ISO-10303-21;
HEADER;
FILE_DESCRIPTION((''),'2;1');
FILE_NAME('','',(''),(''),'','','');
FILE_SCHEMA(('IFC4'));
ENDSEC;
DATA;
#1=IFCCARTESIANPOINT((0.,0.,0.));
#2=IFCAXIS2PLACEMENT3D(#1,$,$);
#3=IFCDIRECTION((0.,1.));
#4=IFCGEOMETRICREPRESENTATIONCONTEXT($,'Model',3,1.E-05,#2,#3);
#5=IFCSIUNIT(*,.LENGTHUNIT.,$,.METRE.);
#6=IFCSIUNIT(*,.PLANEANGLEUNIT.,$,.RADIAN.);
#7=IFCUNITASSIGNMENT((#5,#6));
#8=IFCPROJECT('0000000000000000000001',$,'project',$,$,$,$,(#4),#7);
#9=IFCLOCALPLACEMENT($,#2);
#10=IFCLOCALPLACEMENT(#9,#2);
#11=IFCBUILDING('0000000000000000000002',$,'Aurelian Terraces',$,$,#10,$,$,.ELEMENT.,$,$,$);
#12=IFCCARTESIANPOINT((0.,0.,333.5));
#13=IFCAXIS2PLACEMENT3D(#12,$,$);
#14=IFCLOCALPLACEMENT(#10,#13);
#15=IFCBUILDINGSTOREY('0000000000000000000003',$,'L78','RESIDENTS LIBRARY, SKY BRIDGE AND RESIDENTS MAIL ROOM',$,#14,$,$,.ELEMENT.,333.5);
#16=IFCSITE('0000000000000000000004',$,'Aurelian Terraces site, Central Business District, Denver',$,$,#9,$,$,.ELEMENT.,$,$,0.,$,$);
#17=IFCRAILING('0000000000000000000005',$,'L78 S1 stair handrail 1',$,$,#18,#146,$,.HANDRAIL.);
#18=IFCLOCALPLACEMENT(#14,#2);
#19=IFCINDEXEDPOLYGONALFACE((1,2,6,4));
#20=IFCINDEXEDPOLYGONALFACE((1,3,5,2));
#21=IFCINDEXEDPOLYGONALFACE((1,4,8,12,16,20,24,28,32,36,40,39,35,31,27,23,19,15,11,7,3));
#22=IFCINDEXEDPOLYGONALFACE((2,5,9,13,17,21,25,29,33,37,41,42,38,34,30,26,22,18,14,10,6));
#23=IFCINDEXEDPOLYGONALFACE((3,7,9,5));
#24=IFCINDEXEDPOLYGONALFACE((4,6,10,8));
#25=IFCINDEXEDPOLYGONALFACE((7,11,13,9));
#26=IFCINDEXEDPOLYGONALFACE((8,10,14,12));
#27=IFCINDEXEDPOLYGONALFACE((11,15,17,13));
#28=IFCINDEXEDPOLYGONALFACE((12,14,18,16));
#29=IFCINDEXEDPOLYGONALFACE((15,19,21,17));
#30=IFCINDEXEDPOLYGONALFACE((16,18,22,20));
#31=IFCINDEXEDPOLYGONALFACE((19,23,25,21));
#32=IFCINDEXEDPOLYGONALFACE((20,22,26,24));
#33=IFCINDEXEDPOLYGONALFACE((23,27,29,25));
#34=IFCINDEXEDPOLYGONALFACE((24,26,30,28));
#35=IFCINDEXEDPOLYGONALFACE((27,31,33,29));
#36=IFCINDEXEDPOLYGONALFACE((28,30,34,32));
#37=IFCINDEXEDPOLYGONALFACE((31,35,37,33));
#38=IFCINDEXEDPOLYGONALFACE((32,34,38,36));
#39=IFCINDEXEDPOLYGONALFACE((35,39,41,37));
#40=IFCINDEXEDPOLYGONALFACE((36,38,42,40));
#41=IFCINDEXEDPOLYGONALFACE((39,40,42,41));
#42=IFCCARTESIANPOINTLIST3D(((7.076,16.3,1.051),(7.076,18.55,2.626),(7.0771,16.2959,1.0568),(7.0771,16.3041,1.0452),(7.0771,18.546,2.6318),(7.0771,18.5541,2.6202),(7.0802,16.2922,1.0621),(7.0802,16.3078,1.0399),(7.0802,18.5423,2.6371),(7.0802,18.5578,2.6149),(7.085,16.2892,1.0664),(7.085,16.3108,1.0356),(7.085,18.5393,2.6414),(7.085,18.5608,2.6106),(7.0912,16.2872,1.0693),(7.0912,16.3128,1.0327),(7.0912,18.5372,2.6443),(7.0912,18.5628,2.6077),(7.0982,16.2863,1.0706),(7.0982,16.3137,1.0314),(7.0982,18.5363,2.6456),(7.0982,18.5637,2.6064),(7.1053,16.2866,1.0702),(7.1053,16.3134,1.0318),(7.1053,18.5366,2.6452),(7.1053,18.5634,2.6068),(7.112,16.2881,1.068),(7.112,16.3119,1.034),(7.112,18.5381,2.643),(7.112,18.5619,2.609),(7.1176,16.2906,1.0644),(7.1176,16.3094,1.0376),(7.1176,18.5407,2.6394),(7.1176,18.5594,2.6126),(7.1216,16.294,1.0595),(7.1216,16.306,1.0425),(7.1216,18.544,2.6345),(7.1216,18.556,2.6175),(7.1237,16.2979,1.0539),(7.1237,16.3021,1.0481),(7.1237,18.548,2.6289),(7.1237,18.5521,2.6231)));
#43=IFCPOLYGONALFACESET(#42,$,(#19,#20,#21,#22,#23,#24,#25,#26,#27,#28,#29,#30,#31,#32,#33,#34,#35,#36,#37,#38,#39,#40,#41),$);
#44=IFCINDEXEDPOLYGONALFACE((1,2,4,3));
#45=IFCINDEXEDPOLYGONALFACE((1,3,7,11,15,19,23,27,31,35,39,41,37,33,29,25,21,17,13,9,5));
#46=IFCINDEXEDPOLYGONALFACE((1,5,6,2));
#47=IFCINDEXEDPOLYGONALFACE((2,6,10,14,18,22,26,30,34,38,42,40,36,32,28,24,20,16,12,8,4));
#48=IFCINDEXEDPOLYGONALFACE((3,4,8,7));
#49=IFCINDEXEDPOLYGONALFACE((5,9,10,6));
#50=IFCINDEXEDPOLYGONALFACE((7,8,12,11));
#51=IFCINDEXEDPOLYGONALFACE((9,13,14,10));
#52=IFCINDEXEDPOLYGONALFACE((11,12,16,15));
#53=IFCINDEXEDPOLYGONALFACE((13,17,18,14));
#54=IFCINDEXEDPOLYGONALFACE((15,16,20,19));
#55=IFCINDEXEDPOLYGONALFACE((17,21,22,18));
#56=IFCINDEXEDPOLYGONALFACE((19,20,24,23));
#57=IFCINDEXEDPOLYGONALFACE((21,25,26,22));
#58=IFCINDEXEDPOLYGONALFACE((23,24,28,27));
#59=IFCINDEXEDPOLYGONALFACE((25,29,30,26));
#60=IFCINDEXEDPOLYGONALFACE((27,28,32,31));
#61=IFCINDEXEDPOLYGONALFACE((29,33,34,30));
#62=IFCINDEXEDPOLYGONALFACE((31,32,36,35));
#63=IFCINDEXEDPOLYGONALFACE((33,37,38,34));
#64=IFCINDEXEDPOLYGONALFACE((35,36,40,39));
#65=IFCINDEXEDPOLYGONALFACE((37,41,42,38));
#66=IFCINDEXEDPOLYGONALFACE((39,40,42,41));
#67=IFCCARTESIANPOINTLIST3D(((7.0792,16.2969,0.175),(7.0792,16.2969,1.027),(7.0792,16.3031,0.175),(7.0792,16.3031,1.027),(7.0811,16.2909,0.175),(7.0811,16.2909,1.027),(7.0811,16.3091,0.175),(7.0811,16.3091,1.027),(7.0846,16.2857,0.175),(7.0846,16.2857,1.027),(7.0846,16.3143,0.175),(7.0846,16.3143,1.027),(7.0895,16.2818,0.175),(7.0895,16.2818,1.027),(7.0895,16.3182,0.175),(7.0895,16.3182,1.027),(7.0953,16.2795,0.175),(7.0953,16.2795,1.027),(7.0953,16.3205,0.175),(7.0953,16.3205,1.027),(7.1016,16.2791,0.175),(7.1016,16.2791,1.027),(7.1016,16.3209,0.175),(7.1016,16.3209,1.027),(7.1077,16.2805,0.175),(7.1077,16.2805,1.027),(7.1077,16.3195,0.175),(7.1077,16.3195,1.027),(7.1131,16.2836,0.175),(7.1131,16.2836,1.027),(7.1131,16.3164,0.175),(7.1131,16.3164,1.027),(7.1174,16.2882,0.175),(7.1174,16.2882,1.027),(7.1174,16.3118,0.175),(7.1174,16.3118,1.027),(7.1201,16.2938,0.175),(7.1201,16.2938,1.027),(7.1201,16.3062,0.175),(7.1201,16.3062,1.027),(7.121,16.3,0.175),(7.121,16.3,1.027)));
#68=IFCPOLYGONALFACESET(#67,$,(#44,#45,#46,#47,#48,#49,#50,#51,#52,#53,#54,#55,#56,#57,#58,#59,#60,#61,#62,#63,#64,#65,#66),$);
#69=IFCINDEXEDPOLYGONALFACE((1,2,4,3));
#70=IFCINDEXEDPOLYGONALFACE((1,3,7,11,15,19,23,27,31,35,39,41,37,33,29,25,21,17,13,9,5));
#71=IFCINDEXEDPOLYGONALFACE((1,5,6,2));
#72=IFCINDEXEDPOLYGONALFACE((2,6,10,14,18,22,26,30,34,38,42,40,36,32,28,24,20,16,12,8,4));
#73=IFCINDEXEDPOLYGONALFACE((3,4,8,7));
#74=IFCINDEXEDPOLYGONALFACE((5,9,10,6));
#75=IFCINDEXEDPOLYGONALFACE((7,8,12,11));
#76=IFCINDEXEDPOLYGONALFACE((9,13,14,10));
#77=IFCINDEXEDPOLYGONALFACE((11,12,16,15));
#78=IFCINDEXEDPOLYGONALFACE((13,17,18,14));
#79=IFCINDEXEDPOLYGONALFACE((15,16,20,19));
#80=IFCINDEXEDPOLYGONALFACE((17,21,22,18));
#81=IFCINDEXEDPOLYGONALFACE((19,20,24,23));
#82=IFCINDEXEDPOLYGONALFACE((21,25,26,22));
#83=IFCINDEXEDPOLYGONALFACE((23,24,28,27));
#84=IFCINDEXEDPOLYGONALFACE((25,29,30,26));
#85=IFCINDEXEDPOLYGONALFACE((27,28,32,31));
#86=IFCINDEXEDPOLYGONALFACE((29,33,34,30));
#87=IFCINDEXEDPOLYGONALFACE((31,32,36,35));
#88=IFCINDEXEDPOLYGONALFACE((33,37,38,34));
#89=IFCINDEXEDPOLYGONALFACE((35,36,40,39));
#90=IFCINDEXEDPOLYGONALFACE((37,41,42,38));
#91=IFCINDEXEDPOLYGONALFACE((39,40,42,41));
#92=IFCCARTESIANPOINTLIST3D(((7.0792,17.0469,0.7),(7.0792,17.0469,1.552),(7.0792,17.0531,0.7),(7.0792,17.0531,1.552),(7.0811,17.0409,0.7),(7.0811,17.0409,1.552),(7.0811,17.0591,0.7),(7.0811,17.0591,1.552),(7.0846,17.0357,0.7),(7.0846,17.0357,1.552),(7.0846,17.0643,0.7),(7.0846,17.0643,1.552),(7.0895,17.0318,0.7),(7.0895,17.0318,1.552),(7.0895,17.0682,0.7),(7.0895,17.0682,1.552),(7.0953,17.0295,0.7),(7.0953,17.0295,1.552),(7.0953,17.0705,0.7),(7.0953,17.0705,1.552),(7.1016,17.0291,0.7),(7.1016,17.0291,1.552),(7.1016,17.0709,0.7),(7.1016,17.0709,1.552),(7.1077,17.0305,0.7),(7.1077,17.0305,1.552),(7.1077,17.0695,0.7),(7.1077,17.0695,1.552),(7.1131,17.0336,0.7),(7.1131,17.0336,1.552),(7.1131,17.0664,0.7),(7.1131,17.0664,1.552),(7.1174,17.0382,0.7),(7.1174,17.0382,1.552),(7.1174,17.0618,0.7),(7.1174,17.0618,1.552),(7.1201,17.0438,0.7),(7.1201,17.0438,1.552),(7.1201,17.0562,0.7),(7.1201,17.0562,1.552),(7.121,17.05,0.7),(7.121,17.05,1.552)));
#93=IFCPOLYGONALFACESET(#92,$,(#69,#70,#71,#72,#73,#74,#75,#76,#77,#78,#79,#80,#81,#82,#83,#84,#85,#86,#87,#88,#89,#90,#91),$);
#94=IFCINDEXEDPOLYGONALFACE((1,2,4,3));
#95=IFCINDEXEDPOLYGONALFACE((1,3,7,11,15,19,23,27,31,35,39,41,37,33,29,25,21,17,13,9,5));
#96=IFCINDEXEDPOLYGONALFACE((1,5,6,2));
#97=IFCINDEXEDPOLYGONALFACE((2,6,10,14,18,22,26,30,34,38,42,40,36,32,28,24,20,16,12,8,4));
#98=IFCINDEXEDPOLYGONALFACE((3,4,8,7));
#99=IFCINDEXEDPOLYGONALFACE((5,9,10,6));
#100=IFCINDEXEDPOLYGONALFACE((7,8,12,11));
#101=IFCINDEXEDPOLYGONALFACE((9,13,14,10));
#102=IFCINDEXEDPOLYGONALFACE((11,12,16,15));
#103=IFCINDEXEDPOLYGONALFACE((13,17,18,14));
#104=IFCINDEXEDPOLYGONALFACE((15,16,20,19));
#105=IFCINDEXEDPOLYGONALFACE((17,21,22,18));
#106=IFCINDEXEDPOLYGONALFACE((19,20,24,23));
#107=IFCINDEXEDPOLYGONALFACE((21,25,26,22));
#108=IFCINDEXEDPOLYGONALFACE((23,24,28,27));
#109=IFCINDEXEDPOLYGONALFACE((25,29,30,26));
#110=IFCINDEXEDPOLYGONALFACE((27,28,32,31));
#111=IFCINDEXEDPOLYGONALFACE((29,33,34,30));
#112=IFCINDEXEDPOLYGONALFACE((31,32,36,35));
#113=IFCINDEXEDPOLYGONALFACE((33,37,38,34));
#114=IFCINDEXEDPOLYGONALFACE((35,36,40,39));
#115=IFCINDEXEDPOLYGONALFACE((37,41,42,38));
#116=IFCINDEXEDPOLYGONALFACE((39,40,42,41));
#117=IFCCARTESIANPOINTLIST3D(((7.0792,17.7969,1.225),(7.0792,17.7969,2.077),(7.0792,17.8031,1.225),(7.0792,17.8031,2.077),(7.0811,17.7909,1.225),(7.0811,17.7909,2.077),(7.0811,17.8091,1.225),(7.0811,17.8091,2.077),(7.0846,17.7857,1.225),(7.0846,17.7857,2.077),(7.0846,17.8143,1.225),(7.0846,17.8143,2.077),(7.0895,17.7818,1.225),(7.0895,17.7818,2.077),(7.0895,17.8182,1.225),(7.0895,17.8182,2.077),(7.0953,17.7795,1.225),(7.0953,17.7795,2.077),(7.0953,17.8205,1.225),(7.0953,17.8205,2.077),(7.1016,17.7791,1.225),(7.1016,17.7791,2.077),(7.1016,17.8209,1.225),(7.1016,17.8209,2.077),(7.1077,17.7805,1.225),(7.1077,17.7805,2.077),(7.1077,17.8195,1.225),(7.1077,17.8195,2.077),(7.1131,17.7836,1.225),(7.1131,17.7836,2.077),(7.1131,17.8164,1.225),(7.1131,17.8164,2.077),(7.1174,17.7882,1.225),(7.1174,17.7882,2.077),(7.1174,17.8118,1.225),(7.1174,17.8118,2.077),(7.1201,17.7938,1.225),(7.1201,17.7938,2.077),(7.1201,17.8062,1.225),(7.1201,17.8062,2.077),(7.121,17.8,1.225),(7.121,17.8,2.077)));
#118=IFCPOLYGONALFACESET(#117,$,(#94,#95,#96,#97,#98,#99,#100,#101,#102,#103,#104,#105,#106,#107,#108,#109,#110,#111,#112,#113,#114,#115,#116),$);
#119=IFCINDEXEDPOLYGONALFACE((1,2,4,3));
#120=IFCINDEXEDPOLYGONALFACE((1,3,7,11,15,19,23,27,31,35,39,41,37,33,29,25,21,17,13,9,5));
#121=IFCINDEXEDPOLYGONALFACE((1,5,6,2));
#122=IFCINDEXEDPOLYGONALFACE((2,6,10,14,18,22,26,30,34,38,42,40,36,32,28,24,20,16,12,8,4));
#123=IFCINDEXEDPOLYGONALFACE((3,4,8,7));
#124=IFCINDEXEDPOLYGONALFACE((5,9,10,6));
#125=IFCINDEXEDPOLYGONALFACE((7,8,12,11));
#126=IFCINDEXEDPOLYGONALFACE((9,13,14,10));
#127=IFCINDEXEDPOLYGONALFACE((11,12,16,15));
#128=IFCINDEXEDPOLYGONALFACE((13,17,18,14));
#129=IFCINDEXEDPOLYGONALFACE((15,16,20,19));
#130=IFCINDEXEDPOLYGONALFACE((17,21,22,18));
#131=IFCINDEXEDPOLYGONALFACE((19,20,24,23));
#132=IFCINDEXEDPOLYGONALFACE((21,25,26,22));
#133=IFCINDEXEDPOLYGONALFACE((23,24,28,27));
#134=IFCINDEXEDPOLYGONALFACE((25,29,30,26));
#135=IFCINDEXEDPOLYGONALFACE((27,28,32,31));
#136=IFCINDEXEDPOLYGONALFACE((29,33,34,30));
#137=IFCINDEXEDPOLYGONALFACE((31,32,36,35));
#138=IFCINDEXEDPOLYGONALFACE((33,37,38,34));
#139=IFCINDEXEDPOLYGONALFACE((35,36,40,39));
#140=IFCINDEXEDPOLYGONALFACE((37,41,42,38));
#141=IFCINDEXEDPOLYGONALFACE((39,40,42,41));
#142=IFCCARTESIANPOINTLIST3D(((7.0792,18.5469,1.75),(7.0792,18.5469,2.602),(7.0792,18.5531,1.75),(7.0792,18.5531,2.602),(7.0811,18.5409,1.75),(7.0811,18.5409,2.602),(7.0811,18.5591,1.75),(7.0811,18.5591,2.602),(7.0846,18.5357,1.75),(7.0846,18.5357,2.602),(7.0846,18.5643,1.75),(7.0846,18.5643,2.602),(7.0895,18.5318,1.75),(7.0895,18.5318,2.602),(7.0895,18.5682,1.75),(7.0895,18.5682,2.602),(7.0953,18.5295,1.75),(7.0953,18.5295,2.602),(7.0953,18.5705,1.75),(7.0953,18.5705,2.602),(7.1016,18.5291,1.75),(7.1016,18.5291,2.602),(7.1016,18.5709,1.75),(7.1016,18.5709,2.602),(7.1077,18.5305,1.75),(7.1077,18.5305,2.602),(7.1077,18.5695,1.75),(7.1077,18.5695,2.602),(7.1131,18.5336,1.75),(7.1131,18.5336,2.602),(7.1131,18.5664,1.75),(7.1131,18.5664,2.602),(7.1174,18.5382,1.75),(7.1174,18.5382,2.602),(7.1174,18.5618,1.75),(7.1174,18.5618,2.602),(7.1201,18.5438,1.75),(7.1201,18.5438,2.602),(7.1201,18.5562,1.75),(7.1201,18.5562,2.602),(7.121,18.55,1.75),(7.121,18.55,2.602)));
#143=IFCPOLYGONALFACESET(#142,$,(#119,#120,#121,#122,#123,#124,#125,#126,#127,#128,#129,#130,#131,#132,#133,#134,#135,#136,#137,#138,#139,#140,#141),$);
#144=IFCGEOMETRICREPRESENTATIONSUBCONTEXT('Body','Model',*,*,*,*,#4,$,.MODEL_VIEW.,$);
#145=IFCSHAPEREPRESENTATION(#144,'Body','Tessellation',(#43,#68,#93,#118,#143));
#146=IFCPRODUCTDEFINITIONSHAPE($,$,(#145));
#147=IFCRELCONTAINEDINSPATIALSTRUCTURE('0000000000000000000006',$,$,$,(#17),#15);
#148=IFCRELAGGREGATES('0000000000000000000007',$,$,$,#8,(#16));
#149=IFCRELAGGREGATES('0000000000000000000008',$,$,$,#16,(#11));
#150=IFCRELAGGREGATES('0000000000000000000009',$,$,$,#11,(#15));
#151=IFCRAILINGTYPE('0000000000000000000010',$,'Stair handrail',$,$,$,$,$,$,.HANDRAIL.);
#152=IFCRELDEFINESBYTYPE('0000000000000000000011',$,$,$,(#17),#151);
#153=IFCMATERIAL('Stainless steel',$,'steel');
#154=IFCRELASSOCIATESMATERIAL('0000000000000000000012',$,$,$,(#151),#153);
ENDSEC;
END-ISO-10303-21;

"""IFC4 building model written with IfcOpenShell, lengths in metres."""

from ifc_helpers import new_model, si_unit, direction, frame, origin, origin_2d, place, context, subcontext, project, spatial, circle, extrude, source, transform, mapped, material, type_object, element, save


model = new_model("IFC4")

# Units and contexts
model_context = context("Model", 3, precision=1e-05, world=origin(), true_north=direction((0.0, 1.0)))
body_context = subcontext(model_context, "Body", "Model", "MODEL_VIEW")
ifc_project = project(units=[si_unit("LENGTHUNIT", "METRE"), si_unit("PLANEANGLEUNIT", "RADIAN")], contexts=[model_context])

# Site, building, storey
site_placement = place(None, origin())
site = spatial("IfcSite", under=ifc_project, at=site_placement, Name="Aurelian Terraces site, Central Business District, Denver", CompositionType="ELEMENT", RefElevation=0.0)
building_placement = place(site_placement, origin())
building = spatial("IfcBuilding", under=site, at=building_placement, Name="Aurelian Terraces", CompositionType="ELEMENT")
storey_placement = place(building_placement, frame((0.0, 0.0, 333.5)))
storey = spatial("IfcBuildingStorey", under=building, at=storey_placement, Name="L78", Description="RESIDENTS LIBRARY, SKY BRIDGE AND RESIDENTS MAIL ROOM", CompositionType="ELEMENT", Elevation=333.5)

# Railing
ifc_material_1 = material(Name="Stainless steel", Category="steel")
railing_type_1 = type_object("IfcRailingType", Name="Stair handrail", PredefinedType="HANDRAIL", material=ifc_material_1)
shared_shape_1 = source(origin(), body_context, "Body", "SweptSolid", [
    extrude(circle(Radius=0.024, at=origin_2d()), frame((0.0, 0.0, 0.876), z_axis=(0.0, 0.819232, 0.573462), x_axis=(-1.0, 0.0, 0.0)), (0.0, 0.0, 1.0), 2.7465),
    extrude(circle(Radius=0.021, at=origin_2d()), origin(), (0.0, 0.0, 1.0), 0.852),
    extrude(circle(Radius=0.021, at=origin_2d()), frame((0.0, 0.75, 0.525)), (0.0, 0.0, 1.0), 0.852),
    extrude(circle(Radius=0.021, at=origin_2d()), frame((0.0, 1.5, 1.05)), (0.0, 0.0, 1.0), 0.852),
    extrude(circle(Radius=0.021, at=origin_2d()), frame((0.0, 2.25, 1.575)), (0.0, 0.0, 1.0), 0.852),
])
railing_1_placement = place(storey_placement, frame((7.1, 16.3, 0.175)))
element("IfcRailing", 1, at=railing_1_placement, inside=storey, type_object=railing_type_1, Name="L78 S1 stair handrail 1", PredefinedType="HANDRAIL", context=body_context, shape_type="MappedRepresentation", body=[
    mapped(shared_shape_1, transform((0.0, 0.0, 0.0), scale=1.0)),
])

save(model, "model.ifc")
